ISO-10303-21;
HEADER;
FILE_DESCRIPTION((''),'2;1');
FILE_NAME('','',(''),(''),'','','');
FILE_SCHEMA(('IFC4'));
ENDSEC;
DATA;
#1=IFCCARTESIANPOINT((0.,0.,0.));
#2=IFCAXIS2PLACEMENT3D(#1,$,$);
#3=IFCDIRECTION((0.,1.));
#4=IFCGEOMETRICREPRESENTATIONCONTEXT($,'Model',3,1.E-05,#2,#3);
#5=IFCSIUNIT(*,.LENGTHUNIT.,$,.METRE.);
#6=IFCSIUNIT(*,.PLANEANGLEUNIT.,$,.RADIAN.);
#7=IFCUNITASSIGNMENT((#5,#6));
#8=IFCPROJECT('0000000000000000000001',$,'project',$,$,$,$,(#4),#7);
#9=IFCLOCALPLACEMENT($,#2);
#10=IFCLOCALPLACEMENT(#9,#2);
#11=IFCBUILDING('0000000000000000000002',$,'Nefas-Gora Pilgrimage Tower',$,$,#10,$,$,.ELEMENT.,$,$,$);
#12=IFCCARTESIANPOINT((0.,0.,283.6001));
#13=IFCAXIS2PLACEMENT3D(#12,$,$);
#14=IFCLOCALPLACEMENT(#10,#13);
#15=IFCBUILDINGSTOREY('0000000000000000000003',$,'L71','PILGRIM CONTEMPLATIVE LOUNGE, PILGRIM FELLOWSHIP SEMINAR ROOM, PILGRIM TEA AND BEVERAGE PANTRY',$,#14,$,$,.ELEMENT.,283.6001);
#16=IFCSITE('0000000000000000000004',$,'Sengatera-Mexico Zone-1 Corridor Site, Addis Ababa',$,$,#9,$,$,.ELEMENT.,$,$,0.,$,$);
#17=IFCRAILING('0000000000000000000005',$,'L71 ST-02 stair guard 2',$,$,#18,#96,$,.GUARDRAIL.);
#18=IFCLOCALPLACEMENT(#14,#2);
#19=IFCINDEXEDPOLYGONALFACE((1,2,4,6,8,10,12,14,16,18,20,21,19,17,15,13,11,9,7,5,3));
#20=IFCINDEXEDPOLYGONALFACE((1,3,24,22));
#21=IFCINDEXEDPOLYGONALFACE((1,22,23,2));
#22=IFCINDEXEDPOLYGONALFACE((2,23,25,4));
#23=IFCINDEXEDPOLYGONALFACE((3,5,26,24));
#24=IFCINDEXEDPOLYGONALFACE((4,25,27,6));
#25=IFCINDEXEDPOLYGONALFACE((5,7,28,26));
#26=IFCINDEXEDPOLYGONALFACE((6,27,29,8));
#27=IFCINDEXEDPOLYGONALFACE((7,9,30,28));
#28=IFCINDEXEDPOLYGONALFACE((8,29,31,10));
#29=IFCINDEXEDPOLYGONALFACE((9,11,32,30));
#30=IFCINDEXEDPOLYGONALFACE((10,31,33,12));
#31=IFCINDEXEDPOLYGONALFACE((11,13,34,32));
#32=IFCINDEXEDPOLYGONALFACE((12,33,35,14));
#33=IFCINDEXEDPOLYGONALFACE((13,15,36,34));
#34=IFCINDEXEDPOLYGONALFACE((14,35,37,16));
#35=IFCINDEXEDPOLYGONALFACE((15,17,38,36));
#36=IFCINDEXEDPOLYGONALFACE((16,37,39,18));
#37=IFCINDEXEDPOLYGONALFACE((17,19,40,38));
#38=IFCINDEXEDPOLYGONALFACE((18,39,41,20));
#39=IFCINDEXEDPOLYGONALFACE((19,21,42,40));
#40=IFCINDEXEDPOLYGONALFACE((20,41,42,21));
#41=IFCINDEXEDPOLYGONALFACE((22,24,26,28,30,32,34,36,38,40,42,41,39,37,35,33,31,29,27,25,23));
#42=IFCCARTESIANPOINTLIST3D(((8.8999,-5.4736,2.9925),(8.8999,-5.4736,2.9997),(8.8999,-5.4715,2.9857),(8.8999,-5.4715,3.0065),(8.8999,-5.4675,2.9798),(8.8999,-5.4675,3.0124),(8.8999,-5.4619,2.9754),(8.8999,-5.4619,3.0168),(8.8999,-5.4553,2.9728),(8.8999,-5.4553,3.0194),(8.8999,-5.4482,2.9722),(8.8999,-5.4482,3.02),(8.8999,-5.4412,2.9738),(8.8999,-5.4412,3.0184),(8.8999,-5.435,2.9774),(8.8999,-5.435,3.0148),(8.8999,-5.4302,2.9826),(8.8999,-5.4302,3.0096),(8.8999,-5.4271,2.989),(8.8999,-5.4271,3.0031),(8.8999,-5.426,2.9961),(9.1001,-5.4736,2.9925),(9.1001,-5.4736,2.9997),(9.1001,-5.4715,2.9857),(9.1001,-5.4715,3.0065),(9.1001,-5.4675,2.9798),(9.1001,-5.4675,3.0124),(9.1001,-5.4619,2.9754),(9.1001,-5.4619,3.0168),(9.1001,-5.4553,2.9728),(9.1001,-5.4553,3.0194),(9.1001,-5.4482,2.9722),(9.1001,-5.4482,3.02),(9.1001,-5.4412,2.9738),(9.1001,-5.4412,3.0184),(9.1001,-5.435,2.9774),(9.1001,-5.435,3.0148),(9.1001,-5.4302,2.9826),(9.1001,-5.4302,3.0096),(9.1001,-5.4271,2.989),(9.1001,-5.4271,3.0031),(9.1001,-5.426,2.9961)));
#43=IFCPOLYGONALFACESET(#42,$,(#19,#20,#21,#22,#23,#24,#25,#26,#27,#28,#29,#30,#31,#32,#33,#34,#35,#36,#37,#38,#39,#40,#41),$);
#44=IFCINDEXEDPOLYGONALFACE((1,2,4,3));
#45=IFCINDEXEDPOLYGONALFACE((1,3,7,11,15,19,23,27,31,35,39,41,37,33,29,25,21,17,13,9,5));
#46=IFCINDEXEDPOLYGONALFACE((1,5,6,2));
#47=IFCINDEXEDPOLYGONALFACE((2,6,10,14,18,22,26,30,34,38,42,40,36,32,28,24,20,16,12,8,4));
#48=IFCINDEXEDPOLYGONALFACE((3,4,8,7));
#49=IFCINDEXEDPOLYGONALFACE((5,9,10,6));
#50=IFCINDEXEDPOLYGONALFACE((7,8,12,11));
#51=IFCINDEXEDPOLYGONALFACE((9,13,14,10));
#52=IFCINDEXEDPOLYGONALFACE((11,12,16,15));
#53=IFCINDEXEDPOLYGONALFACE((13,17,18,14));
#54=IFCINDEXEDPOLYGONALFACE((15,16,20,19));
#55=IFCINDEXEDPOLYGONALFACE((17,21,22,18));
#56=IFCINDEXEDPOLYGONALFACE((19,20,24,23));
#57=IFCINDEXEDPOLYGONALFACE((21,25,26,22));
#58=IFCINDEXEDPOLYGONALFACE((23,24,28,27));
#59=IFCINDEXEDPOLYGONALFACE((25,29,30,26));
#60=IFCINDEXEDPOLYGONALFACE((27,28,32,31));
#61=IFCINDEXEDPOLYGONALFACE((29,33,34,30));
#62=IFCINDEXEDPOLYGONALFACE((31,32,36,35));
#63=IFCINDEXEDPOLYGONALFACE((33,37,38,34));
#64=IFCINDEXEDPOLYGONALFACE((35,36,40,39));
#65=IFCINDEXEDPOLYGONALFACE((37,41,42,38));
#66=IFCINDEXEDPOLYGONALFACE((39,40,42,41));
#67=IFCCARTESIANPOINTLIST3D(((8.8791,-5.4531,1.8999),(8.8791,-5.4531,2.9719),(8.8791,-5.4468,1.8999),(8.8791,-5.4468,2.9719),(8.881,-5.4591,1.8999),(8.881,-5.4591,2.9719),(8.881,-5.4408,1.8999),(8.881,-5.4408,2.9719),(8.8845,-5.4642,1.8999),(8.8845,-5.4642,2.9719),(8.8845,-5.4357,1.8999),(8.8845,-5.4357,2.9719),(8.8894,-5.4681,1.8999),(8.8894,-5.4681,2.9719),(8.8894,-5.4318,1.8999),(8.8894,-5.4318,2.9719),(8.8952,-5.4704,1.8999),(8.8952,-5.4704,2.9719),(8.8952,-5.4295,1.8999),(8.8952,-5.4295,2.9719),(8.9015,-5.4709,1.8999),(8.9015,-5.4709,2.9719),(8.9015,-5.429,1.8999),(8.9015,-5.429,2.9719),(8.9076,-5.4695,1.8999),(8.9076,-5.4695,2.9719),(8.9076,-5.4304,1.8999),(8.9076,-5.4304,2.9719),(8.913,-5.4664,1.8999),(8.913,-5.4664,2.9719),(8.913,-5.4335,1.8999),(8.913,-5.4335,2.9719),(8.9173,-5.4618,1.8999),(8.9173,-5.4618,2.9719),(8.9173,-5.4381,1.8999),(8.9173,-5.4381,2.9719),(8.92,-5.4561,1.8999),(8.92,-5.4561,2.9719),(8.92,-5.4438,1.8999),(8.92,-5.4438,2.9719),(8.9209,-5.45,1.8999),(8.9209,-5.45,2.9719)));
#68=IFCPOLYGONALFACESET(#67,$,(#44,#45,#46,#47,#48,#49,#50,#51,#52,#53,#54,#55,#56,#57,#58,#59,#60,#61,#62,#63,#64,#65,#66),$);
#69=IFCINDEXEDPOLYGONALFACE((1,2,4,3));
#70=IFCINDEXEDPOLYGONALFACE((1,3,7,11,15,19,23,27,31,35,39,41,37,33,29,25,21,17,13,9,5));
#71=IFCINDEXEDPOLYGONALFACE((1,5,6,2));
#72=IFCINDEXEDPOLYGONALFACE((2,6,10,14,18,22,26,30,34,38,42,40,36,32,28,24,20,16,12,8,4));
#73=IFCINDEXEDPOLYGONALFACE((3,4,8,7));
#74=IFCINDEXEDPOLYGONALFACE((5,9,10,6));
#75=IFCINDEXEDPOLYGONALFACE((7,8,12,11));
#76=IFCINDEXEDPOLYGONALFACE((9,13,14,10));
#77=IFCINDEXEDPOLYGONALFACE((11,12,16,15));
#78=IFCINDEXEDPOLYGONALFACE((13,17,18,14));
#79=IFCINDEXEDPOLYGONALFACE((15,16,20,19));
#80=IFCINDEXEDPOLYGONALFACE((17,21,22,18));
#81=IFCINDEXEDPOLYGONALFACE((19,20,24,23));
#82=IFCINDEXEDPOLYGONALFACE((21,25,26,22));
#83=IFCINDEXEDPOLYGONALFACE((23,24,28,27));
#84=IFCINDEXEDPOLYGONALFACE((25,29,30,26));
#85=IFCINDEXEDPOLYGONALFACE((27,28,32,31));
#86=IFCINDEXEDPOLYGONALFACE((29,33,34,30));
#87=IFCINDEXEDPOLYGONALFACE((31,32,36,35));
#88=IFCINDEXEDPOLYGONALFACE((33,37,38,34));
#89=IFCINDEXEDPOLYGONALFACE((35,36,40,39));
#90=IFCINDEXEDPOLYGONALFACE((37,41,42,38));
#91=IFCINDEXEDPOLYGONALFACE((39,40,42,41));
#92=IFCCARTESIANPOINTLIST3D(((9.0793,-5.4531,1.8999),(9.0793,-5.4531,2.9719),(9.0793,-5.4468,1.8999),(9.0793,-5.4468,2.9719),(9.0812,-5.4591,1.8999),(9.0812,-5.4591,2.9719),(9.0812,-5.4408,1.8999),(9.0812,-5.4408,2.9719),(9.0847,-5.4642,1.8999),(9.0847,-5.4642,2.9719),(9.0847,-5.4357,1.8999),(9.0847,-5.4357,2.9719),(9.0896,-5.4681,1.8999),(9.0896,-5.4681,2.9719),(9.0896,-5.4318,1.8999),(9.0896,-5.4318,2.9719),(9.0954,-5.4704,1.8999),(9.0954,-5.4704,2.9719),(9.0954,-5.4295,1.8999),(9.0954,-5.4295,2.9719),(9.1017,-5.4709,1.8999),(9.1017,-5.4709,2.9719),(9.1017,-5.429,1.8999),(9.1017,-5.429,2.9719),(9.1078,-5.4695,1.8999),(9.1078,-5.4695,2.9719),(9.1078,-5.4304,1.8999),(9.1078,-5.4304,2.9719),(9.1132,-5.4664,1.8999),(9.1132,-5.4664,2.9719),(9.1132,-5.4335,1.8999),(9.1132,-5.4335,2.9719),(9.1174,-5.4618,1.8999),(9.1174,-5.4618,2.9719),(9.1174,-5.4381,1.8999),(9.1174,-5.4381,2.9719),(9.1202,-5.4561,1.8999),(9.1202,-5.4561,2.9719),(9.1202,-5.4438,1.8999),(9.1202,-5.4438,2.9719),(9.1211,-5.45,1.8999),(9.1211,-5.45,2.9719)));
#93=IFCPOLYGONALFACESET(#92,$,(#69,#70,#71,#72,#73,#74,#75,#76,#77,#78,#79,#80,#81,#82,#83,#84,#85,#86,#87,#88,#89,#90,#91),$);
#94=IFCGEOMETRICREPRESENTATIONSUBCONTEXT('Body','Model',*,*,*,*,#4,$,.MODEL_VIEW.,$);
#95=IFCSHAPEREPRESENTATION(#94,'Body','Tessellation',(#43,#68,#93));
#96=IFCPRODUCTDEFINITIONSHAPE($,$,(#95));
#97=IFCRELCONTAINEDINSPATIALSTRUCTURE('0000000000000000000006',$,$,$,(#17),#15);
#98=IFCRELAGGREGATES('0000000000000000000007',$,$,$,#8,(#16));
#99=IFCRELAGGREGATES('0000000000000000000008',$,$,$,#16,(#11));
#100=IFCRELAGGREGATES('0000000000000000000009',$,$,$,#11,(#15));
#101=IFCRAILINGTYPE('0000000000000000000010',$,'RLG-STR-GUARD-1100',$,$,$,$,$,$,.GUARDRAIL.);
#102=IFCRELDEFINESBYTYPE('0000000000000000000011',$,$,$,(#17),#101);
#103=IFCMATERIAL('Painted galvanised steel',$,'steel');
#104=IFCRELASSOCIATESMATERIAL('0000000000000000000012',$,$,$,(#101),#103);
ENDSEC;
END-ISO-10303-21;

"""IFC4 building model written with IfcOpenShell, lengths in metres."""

from ifc_helpers import new_model, si_unit, direction, frame, origin, origin_2d, place, context, subcontext, project, spatial, circle, extrude, material, type_object, element, save


model = new_model("IFC4")

# Units and contexts
model_context = context("Model", 3, precision=1e-05, world=origin(), true_north=direction((0.0, 1.0)))
body_context = subcontext(model_context, "Body", "Model", "MODEL_VIEW")
ifc_project = project(units=[si_unit("LENGTHUNIT", "METRE"), si_unit("PLANEANGLEUNIT", "RADIAN")], contexts=[model_context])

# Site, building, storey
site_placement = place(None, origin())
site = spatial("IfcSite", under=ifc_project, at=site_placement, Name="Sengatera-Mexico Zone-1 Corridor Site, Addis Ababa", CompositionType="ELEMENT", RefElevation=0.0)
building_placement = place(site_placement, origin())
building = spatial("IfcBuilding", under=site, at=building_placement, Name="Nefas-Gora Pilgrimage Tower", CompositionType="ELEMENT")
storey_placement = place(building_placement, frame((0.0, 0.0, 283.6001)))
storey = spatial("IfcBuildingStorey", under=building, at=storey_placement, Name="L71", Description="PILGRIM CONTEMPLATIVE LOUNGE, PILGRIM FELLOWSHIP SEMINAR ROOM, PILGRIM TEA AND BEVERAGE PANTRY", CompositionType="ELEMENT", Elevation=283.6001)

# Railing
ifc_material_1 = material(Name="Painted galvanised steel", Category="steel")
railing_type_1 = type_object("IfcRailingType", Name="RLG-STR-GUARD-1100", PredefinedType="GUARDRAIL", material=ifc_material_1)
railing_1_placement = place(storey_placement, frame((8.8999, -5.45, 1.8999)))
element("IfcRailing", 1, at=railing_1_placement, inside=storey, type_object=railing_type_1, Name="L71 ST-02 stair guard 2", PredefinedType="GUARDRAIL", context=body_context, shape_type="SweptSolid", body=[
    extrude(circle(Radius=0.0239, at=origin_2d()), frame((0.0, 0.0, 1.0962), z_axis=(1.0, 0.0, 0.0), x_axis=(0.0, 1.0, 0.0)), (0.0, 0.0, 1.0), 0.2002),
    extrude(circle(Radius=0.021, at=origin_2d()), origin(), (0.0, 0.0, 1.0), 1.072),
    extrude(circle(Radius=0.021, at=origin_2d()), frame((0.2002, 0.0, 0.0)), (0.0, 0.0, 1.0), 1.072),
])

save(model, "model.ifc")
